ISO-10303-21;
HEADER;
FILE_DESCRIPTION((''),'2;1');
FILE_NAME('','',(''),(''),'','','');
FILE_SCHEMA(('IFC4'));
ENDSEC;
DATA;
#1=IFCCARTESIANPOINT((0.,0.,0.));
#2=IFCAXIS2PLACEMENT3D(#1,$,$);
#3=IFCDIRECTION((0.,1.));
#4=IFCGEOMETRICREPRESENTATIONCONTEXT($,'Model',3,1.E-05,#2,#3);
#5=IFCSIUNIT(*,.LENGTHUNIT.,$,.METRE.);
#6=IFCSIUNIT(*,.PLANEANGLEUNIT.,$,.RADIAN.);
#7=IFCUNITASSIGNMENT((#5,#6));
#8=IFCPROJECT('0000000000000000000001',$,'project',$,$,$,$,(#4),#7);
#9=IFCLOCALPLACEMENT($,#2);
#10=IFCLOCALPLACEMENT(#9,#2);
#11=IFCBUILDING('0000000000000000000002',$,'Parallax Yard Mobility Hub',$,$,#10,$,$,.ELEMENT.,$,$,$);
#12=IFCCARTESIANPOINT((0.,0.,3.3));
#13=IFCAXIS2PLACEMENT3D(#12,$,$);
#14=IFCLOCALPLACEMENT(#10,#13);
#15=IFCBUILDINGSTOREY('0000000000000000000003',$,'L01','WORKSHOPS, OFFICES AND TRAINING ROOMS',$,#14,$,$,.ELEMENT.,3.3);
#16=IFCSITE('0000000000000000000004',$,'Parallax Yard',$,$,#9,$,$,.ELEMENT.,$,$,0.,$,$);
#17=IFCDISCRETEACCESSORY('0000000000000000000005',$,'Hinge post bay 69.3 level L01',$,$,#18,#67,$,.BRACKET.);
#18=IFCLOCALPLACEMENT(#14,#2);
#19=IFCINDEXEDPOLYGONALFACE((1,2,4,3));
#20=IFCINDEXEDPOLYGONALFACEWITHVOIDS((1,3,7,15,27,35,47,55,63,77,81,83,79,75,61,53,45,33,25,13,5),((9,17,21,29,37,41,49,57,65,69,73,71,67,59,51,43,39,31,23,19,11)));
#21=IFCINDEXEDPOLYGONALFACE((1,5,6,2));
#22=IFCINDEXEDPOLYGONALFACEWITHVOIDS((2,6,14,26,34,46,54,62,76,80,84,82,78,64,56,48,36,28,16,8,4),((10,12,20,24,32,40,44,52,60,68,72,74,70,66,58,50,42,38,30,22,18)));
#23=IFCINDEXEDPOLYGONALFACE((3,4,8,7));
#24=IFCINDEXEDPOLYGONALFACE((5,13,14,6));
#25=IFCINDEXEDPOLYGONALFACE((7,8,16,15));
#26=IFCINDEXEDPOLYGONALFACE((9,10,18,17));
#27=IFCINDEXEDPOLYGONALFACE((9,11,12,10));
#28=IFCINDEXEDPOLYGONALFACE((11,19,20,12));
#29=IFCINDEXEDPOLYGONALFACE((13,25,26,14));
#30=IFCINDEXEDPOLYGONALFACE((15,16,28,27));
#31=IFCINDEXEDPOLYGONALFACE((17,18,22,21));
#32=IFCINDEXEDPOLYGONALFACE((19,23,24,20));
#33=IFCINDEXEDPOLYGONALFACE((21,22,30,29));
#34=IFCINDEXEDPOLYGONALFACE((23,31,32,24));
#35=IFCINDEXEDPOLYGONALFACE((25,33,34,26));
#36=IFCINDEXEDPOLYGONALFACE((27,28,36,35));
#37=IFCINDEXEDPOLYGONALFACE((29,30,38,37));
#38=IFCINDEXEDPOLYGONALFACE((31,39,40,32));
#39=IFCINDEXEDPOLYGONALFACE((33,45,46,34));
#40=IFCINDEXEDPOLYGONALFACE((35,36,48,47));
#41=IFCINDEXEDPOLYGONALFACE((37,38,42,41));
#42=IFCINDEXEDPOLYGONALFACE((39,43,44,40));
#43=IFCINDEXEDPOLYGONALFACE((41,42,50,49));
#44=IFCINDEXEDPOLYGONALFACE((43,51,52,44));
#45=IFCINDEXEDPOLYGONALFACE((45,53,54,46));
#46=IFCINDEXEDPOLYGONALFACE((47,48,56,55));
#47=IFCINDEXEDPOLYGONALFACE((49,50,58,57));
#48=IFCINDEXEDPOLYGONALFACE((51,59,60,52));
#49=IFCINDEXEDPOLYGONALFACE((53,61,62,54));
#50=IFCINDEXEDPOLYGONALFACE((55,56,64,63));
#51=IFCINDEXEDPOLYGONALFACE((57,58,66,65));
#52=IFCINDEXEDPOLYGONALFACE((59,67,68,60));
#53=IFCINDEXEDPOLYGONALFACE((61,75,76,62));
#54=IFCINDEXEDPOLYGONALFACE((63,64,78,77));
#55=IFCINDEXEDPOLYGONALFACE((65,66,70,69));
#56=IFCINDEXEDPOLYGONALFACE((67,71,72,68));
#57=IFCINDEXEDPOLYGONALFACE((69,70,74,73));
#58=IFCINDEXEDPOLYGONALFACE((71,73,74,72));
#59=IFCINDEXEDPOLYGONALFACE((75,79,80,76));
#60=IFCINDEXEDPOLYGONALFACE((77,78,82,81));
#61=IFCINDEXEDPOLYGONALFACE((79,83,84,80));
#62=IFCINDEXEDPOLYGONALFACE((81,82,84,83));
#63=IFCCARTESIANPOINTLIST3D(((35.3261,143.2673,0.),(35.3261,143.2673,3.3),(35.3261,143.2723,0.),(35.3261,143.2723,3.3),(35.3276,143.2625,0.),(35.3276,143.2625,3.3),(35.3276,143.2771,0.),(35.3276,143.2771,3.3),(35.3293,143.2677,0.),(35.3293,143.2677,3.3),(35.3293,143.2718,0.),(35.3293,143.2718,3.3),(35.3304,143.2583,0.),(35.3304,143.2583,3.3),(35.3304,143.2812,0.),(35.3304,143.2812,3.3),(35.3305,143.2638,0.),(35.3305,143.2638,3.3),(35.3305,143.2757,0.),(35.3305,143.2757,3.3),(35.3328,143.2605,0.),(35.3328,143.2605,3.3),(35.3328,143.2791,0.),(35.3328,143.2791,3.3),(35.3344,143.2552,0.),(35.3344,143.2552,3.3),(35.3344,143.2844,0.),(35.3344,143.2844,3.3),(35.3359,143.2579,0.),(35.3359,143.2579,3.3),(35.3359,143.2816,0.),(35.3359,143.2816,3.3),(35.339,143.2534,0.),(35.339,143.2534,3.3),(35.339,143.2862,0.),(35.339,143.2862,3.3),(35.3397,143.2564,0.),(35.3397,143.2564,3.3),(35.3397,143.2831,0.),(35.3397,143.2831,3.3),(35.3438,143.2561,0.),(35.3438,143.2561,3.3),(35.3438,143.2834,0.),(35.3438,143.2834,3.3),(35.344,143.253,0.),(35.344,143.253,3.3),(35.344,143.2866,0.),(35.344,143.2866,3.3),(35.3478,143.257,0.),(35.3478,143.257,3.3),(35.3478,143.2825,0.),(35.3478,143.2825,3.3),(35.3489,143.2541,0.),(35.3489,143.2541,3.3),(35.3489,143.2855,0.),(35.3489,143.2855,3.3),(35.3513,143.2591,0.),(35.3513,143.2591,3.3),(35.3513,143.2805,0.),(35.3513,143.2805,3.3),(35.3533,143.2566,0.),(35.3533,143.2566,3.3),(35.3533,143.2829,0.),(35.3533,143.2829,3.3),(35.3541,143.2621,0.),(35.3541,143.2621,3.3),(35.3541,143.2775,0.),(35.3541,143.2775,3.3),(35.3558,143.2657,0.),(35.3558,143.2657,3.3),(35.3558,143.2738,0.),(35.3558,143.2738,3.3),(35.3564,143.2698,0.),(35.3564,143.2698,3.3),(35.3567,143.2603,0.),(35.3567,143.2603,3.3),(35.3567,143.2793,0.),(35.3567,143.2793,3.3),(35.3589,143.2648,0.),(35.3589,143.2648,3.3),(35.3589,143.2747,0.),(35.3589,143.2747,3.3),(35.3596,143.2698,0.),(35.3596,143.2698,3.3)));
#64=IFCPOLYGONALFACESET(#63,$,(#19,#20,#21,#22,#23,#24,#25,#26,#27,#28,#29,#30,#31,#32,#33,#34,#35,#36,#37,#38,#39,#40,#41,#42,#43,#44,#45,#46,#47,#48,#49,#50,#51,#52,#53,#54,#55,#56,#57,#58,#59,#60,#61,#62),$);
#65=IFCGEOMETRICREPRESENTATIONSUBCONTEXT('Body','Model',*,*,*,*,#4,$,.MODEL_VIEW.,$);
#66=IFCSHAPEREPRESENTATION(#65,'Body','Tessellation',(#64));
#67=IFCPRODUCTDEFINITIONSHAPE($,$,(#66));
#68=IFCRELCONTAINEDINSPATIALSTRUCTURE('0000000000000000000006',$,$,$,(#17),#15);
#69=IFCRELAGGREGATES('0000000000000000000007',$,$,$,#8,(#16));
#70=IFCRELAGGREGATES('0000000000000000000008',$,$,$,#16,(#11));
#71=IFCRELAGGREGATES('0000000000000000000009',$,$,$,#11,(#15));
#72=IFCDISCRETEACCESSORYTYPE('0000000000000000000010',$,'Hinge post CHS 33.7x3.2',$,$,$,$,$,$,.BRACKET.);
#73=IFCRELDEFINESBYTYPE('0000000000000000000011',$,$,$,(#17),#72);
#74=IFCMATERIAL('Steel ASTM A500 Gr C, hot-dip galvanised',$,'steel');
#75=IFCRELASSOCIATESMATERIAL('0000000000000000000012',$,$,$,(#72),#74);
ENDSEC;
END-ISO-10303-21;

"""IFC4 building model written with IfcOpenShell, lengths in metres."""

from ifc_helpers import new_model, si_unit, direction, frame, origin, origin_2d, place, context, subcontext, project, spatial, hollow_circle, extrude, material, material_profile, profile_set, type_object, element, save


model = new_model("IFC4")

# Units and contexts
model_context = context("Model", 3, precision=1e-05, world=origin(), true_north=direction((0.0, 1.0)))
body_context = subcontext(model_context, "Body", "Model", "MODEL_VIEW")
ifc_project = project(units=[si_unit("LENGTHUNIT", "METRE"), si_unit("PLANEANGLEUNIT", "RADIAN")], contexts=[model_context])

# Site, building, storey
site_placement = place(None, origin())
site = spatial("IfcSite", under=ifc_project, at=site_placement, Name="Parallax Yard", CompositionType="ELEMENT", RefElevation=0.0)
building_placement = place(site_placement, origin())
building = spatial("IfcBuilding", under=site, at=building_placement, Name="Parallax Yard Mobility Hub", CompositionType="ELEMENT")
storey_placement = place(building_placement, frame((0.0, 0.0, 3.3)))
storey = spatial("IfcBuildingStorey", under=building, at=storey_placement, Name="L01", Description="WORKSHOPS, OFFICES AND TRAINING ROOMS", CompositionType="ELEMENT", Elevation=3.3)

# Discrete accessory
ifc_material_1 = material(Name="Steel ASTM A500 Gr C, hot-dip galvanised", Category="steel")
ifc_material_profile = material_profile(ifc_material_1, hollow_circle(Radius=0.0168, WallThickness=0.0032, at=origin_2d()), Name="CHS 33.7x3.2")
ifc_profile_set = profile_set([ifc_material_profile], Name="Steel ASTM A500 Gr C, hot-dip galvanised")
discrete_accessory_type_1 = type_object("IfcDiscreteAccessoryType", Name="Hinge post CHS 33.7x3.2", PredefinedType="BRACKET", material=ifc_profile_set)
for number, where, z_axis, x_axis, name in (
    (1, (35.3428, 143.2698, 0.0), (0.0, 0.0, 1.0), (1.0, 0.0, 0.0), "Hinge post bay 69.3 level L01"),
):
    element("IfcDiscreteAccessory", number, at=place(storey_placement, frame(where, z_axis=z_axis, x_axis=x_axis)), inside=storey, type_object=discrete_accessory_type_1, Name=name, PredefinedType="BRACKET", context=body_context, shape_type="SweptSolid", body=[
        extrude(hollow_circle(Radius=0.0168, WallThickness=0.0032, at=origin_2d()), origin(), (0.0, 0.0, 1.0), 3.3),
    ])

save(model, "model.ifc")
